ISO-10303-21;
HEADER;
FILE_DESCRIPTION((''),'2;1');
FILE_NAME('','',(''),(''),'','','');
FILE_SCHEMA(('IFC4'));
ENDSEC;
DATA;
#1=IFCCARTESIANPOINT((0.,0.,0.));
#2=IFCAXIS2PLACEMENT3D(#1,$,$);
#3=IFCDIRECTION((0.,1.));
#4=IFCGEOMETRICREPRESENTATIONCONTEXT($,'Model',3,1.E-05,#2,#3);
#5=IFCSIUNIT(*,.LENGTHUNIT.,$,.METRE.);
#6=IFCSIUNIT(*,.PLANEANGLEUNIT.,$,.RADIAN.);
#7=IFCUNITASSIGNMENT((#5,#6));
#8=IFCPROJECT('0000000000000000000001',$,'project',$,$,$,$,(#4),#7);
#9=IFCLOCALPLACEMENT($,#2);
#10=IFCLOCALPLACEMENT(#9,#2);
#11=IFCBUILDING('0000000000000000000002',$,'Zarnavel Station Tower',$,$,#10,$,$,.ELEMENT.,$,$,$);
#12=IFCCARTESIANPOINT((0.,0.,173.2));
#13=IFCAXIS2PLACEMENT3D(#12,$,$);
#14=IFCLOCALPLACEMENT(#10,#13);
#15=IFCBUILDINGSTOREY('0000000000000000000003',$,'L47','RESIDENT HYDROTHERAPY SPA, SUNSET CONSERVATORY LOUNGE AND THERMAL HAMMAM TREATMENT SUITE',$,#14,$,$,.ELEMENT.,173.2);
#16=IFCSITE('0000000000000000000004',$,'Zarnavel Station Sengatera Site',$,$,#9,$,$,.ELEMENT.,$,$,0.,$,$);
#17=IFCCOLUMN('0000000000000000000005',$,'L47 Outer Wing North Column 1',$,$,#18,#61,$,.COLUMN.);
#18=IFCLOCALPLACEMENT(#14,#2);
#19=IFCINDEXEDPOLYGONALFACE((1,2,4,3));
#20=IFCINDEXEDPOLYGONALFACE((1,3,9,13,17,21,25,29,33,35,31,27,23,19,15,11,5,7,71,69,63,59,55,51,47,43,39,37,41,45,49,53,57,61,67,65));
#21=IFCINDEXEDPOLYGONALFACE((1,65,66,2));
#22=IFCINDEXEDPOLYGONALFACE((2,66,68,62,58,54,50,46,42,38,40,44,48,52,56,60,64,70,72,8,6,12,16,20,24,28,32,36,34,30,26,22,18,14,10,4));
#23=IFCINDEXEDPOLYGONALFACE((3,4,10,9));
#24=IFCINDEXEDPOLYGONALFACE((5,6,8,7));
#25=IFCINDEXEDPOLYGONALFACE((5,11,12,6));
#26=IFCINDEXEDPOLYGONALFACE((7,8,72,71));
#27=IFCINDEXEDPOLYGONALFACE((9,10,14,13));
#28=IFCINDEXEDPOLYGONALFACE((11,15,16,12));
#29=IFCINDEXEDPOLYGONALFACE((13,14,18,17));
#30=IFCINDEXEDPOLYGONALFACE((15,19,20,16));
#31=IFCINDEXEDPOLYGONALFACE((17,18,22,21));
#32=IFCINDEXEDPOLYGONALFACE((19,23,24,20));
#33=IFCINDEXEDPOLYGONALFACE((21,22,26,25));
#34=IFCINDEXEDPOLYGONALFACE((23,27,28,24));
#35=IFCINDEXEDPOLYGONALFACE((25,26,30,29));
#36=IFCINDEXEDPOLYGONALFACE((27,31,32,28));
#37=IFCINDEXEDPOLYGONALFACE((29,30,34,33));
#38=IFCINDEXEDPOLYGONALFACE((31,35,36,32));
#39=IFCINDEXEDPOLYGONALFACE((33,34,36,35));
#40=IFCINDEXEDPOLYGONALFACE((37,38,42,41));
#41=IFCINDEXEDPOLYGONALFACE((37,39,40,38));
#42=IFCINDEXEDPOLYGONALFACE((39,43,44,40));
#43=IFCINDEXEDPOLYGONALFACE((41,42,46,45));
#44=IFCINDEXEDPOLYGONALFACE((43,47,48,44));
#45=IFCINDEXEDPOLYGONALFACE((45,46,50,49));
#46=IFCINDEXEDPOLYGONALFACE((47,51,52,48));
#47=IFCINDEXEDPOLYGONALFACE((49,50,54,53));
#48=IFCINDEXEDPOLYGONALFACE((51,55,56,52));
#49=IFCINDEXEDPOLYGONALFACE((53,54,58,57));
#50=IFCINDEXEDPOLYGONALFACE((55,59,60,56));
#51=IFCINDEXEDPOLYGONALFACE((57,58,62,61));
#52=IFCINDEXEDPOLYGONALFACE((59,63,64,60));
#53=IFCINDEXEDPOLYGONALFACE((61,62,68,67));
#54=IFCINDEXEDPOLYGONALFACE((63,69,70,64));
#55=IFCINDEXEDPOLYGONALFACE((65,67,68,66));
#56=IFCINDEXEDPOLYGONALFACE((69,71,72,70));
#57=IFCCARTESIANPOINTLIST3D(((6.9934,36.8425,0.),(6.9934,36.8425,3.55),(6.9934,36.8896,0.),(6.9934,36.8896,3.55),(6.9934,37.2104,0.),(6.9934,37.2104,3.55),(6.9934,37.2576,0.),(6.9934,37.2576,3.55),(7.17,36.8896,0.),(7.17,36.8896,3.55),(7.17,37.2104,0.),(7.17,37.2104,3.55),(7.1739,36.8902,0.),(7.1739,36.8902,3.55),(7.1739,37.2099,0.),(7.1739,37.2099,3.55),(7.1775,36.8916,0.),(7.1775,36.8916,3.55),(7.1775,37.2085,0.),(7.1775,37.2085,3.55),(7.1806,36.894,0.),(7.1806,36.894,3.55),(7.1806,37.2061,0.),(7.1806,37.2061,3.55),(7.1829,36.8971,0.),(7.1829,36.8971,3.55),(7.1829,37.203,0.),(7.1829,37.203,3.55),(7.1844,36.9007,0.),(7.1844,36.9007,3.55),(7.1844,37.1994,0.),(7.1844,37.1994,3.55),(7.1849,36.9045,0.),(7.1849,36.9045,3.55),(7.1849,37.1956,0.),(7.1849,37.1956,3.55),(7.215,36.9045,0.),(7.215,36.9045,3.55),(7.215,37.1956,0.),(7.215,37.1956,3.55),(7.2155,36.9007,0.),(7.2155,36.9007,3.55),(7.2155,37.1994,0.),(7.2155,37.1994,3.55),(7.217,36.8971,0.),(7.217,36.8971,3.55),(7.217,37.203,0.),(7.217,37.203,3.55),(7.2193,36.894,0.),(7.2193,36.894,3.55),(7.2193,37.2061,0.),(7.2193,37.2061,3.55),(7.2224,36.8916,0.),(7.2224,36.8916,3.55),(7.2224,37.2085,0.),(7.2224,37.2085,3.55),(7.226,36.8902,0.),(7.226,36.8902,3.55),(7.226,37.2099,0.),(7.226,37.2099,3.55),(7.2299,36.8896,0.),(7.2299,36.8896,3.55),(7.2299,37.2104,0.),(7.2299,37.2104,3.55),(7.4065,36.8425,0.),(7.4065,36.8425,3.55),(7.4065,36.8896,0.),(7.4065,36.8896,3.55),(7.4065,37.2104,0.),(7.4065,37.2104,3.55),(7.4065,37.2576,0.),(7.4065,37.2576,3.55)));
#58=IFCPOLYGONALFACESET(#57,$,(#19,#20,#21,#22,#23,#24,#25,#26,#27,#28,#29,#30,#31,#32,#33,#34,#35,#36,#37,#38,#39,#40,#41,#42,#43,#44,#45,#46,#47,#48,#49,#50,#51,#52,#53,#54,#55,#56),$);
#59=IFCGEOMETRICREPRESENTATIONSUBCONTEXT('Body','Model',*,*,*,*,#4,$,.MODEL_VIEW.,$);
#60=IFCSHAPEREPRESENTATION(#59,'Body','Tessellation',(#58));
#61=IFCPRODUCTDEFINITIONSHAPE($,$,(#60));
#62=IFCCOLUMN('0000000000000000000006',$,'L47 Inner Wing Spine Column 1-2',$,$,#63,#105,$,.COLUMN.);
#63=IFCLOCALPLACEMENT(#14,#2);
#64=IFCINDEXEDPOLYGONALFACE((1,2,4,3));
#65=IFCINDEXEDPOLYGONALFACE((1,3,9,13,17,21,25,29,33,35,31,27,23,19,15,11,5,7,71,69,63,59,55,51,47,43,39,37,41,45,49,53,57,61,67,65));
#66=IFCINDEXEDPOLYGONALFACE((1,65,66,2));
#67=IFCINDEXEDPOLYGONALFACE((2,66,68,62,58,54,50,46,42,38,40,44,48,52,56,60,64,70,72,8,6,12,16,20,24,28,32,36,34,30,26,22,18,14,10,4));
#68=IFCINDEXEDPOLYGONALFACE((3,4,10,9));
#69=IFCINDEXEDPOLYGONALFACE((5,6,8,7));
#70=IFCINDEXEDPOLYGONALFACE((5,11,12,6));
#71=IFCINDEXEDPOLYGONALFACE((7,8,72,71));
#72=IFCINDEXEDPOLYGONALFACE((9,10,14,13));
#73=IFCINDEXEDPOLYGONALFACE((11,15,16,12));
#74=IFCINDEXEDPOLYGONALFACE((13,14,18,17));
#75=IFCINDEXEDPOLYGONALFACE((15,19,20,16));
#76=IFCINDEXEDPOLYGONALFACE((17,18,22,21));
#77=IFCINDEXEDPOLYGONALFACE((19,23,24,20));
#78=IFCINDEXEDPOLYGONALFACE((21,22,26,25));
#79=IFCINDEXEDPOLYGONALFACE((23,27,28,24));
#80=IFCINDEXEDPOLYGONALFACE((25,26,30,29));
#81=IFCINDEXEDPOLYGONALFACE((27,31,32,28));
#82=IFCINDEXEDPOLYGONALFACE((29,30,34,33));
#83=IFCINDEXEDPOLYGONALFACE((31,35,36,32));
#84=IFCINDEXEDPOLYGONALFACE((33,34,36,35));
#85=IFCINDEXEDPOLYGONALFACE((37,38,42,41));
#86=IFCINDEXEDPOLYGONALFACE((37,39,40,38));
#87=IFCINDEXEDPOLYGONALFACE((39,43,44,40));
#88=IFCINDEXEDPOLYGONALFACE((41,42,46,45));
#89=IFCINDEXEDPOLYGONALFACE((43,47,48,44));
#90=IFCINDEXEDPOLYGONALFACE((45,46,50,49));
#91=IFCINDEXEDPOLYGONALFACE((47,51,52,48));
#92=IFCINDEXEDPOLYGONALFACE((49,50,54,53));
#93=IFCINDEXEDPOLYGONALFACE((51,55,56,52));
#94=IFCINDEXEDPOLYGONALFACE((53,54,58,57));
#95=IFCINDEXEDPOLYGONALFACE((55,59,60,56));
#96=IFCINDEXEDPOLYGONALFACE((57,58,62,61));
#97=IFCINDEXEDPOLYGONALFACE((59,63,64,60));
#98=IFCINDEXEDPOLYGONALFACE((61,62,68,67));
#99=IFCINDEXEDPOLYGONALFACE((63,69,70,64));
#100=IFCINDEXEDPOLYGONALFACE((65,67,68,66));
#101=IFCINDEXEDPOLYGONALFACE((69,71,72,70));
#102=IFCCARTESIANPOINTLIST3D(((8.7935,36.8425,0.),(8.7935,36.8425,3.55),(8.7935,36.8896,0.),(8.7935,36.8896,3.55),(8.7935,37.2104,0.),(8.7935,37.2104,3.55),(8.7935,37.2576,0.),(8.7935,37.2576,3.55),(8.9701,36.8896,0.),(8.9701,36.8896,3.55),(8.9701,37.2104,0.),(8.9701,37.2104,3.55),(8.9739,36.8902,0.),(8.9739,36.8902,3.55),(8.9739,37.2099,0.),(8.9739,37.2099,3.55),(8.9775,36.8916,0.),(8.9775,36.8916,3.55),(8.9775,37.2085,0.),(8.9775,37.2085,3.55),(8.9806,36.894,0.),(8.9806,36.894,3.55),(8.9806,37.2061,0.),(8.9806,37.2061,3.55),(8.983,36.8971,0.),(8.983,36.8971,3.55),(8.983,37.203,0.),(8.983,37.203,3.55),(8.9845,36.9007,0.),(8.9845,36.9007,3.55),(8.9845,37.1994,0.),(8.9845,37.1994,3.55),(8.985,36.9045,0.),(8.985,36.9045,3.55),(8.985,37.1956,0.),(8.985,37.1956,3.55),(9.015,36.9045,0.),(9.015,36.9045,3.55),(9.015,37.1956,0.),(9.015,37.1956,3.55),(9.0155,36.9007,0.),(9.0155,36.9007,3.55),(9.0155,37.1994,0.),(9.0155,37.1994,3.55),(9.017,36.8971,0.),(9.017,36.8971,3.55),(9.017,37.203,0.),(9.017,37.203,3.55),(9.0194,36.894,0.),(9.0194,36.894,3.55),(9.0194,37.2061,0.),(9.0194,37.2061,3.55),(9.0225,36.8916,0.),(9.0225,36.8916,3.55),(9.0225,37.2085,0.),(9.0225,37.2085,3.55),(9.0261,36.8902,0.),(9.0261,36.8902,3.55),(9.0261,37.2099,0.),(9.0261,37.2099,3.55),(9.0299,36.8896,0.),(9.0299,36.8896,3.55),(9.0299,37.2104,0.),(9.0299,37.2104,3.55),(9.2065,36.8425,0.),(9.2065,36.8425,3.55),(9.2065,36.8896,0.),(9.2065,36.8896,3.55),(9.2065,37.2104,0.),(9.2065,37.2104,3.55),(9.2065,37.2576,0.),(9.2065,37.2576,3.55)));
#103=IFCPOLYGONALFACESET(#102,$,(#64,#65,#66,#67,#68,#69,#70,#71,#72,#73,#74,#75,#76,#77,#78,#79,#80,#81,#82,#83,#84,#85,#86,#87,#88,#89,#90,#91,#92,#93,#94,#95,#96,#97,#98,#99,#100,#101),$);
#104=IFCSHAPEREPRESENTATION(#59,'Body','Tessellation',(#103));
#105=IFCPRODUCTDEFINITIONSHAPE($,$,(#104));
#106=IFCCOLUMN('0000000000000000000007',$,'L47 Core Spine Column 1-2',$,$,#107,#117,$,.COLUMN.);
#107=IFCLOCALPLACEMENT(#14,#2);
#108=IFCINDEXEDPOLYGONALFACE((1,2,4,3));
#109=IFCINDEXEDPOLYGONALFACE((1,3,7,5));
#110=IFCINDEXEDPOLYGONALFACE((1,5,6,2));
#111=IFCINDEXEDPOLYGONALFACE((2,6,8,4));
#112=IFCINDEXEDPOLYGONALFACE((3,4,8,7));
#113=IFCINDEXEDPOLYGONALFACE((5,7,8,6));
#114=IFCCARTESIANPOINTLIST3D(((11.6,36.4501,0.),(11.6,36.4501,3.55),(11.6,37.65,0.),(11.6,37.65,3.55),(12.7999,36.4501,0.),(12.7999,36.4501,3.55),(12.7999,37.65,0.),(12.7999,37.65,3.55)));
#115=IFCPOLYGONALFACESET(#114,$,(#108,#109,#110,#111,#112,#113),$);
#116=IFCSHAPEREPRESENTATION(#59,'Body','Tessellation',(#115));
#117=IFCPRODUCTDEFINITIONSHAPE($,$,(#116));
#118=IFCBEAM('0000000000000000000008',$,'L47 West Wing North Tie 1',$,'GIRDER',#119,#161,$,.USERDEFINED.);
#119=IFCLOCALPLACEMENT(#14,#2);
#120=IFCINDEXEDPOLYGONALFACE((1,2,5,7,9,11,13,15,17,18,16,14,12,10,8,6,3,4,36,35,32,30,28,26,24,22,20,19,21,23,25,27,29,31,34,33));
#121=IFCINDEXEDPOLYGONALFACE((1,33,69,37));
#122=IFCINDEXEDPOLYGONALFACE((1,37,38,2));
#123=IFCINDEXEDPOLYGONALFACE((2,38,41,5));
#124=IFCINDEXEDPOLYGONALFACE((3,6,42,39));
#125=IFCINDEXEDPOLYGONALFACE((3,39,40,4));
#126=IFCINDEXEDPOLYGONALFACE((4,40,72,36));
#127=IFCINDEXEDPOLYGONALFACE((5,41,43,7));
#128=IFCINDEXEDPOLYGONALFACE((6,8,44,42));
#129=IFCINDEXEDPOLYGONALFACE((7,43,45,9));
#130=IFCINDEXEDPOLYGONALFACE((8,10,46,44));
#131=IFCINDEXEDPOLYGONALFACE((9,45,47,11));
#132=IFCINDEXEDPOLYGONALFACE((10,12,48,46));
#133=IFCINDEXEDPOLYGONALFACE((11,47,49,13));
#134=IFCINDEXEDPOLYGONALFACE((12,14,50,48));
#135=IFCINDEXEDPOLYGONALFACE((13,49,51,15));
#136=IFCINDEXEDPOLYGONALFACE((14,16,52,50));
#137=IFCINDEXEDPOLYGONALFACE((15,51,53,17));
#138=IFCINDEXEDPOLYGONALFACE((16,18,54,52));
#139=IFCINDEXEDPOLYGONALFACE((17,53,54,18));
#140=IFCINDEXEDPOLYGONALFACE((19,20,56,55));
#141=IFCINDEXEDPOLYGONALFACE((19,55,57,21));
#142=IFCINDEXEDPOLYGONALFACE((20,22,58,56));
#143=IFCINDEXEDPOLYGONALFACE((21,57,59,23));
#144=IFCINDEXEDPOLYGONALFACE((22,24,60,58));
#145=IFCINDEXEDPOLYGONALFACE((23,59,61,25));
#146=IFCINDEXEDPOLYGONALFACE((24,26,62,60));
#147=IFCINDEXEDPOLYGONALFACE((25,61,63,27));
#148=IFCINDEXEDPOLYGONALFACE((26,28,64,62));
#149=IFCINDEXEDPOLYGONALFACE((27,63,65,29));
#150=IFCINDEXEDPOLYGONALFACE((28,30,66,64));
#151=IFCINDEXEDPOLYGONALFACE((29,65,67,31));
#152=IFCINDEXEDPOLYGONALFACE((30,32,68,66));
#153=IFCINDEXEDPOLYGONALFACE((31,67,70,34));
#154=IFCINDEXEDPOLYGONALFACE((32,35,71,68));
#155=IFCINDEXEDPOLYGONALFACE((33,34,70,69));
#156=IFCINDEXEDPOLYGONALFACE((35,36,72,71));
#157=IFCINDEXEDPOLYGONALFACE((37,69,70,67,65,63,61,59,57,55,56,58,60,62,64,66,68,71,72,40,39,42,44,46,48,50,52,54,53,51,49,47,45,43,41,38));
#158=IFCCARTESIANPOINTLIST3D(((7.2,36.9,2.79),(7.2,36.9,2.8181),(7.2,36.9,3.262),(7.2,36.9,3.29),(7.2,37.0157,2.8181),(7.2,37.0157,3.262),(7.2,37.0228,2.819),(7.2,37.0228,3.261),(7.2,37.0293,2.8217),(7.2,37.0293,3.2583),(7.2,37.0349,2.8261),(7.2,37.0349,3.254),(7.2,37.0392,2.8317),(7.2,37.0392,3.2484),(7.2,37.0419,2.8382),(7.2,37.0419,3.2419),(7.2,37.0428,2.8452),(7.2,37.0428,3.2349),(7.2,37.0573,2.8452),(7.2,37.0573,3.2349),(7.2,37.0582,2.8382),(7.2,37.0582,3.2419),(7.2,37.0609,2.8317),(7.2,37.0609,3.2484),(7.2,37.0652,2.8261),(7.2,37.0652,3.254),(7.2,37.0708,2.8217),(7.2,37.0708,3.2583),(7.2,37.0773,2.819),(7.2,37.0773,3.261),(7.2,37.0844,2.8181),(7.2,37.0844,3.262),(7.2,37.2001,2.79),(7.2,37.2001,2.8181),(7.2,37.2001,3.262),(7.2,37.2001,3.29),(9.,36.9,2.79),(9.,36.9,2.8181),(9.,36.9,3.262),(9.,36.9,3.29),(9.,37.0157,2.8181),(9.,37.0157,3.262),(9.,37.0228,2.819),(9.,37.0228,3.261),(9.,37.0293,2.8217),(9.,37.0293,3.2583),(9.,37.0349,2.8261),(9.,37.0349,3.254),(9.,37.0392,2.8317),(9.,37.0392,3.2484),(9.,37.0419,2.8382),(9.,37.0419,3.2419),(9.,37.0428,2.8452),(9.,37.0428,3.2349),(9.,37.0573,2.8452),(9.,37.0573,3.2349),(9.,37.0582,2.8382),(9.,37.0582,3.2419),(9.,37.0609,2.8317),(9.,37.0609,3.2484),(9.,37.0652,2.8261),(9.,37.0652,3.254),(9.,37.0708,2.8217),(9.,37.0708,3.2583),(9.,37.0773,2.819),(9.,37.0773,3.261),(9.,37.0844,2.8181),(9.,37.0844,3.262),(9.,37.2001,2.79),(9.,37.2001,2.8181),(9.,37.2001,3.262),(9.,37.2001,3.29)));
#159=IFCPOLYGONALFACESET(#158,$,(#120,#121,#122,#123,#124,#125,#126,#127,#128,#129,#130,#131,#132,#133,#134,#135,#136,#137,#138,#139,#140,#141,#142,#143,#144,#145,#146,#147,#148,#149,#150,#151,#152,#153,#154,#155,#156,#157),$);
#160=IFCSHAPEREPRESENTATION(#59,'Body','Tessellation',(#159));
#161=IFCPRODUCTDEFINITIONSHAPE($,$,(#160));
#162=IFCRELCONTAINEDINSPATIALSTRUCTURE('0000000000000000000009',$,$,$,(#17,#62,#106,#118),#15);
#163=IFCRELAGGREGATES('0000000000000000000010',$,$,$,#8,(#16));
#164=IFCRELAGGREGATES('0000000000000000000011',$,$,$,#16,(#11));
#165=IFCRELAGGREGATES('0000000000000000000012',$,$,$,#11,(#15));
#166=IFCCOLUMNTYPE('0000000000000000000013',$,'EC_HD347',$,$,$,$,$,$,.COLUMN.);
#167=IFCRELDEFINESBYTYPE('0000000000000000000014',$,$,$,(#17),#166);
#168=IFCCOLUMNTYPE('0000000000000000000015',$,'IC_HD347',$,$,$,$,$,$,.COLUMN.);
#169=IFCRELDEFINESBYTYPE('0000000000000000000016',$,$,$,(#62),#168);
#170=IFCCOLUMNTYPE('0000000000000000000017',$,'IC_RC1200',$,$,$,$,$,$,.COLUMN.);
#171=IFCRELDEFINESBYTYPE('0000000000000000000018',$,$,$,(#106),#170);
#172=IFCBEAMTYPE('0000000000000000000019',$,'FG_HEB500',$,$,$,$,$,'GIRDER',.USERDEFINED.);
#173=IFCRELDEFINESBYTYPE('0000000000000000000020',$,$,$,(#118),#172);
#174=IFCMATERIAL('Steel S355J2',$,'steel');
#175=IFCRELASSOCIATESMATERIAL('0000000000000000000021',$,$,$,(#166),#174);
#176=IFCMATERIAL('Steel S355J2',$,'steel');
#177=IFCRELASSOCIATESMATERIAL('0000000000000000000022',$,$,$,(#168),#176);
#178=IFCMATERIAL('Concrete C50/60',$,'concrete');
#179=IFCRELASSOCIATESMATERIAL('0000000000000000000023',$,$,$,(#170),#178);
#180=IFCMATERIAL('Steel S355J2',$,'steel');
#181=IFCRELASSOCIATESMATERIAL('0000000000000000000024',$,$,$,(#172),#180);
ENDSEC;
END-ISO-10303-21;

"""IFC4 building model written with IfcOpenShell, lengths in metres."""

from ifc_helpers import new_model, si_unit, direction, frame, origin, origin_2d, place, context, subcontext, project, spatial, rectangle, i_section, extrude, material, material_profile, profile_set, type_object, element, save


model = new_model("IFC4")

# Units and contexts
model_context = context("Model", 3, precision=1e-05, world=origin(), true_north=direction((0.0, 1.0)))
body_context = subcontext(model_context, "Body", "Model", "MODEL_VIEW")
ifc_project = project(units=[si_unit("LENGTHUNIT", "METRE"), si_unit("PLANEANGLEUNIT", "RADIAN")], contexts=[model_context])

# Site, building, storey
site_placement = place(None, origin())
site = spatial("IfcSite", under=ifc_project, at=site_placement, Name="Zarnavel Station Sengatera Site", CompositionType="ELEMENT", RefElevation=0.0)
building_placement = place(site_placement, origin())
building = spatial("IfcBuilding", under=site, at=building_placement, Name="Zarnavel Station Tower", CompositionType="ELEMENT")
storey_placement = place(building_placement, frame((0.0, 0.0, 173.2)))
storey = spatial("IfcBuildingStorey", under=building, at=storey_placement, Name="L47", Description="RESIDENT HYDROTHERAPY SPA, SUNSET CONSERVATORY LOUNGE AND THERMAL HAMMAM TREATMENT SUITE", CompositionType="ELEMENT", Elevation=173.2)

# Columns
ifc_material_1 = material(Name="Steel S355J2", Category="steel")
ifc_material_profile_1 = material_profile(ifc_material_1, i_section(OverallWidth=0.4131, OverallDepth=0.415, WebThickness=0.03, FlangeThickness=0.0471, FilletRadius=0.0149, at=origin_2d()), Name="HD400x347")
ifc_profile_set_1 = profile_set([ifc_material_profile_1], Name="Steel S355J2")
column_type_1 = type_object("IfcColumnType", Name="EC_HD347", PredefinedType="COLUMN", material=ifc_profile_set_1)
column_1_placement = place(storey_placement, frame((7.2, 37.05, 0.0), z_axis=(0.0, 0.0, 1.0), x_axis=(1.0, 0.0, 0.0)))
element("IfcColumn", 1, at=column_1_placement, inside=storey, type_object=column_type_1, Name="L47 Outer Wing North Column 1", PredefinedType="COLUMN", context=body_context, shape_type="SweptSolid", body=[
    extrude(i_section(OverallWidth=0.4131, OverallDepth=0.415, WebThickness=0.03, FlangeThickness=0.0471, FilletRadius=0.0149, at=origin_2d()), origin(), (0.0, 0.0, 1.0), 3.55),
])
ifc_material_2 = material(Name="Steel S355J2", Category="steel")
ifc_material_profile_2 = material_profile(ifc_material_2, i_section(OverallWidth=0.4131, OverallDepth=0.415, WebThickness=0.03, FlangeThickness=0.0471, FilletRadius=0.0149, at=origin_2d()), Name="HD400x347")
ifc_profile_set_2 = profile_set([ifc_material_profile_2], Name="Steel S355J2")
column_type_2 = type_object("IfcColumnType", Name="IC_HD347", PredefinedType="COLUMN", material=ifc_profile_set_2)
column_2_placement = place(storey_placement, frame((9.0, 37.05, 0.0), z_axis=(0.0, 0.0, 1.0), x_axis=(1.0, 0.0, 0.0)))
element("IfcColumn", 2, at=column_2_placement, inside=storey, type_object=column_type_2, Name="L47 Inner Wing Spine Column 1-2", PredefinedType="COLUMN", context=body_context, shape_type="SweptSolid", body=[
    extrude(i_section(OverallWidth=0.4131, OverallDepth=0.415, WebThickness=0.03, FlangeThickness=0.0471, FilletRadius=0.0149, at=origin_2d()), origin(), (0.0, 0.0, 1.0), 3.55),
])
ifc_material_3 = material(Name="Concrete C50/60", Category="concrete")
ifc_material_profile_3 = material_profile(ifc_material_3, rectangle(XDim=1.2, YDim=1.2, at=origin_2d()), Name="RC1200x1200")
ifc_profile_set_3 = profile_set([ifc_material_profile_3], Name="Concrete C50/60")
column_type_3 = type_object("IfcColumnType", Name="IC_RC1200", PredefinedType="COLUMN", material=ifc_profile_set_3)
column_3_placement = place(storey_placement, frame((12.2, 37.05, 0.0), z_axis=(0.0, 0.0, 1.0), x_axis=(1.0, 0.0, 0.0)))
element("IfcColumn", 3, at=column_3_placement, inside=storey, type_object=column_type_3, Name="L47 Core Spine Column 1-2", PredefinedType="COLUMN", context=body_context, shape_type="SweptSolid", body=[
    extrude(rectangle(XDim=1.2, YDim=1.2, at=origin_2d()), origin(), (0.0, 0.0, 1.0), 3.55),
])

# Beam
ifc_material_4 = material(Name="Steel S355J2", Category="steel")
ifc_material_profile_4 = material_profile(ifc_material_4, i_section(OverallWidth=0.3, OverallDepth=0.5, WebThickness=0.0144, FlangeThickness=0.0281, FilletRadius=0.0271, at=origin_2d()), Name="HEB500")
ifc_profile_set_4 = profile_set([ifc_material_profile_4], Name="Steel S355J2")
beam_type = type_object("IfcBeamType", Name="FG_HEB500", ElementType="GIRDER", PredefinedType="USERDEFINED", material=ifc_profile_set_4)
beam_1_placement = place(storey_placement, frame((7.2, 37.05, 3.04), z_axis=(1.0, 0.0, 0.0), x_axis=(0.0, 1.0, 0.0)))
element("IfcBeam", 4, at=beam_1_placement, inside=storey, type_object=beam_type, Name="L47 West Wing North Tie 1", ObjectType="GIRDER", PredefinedType="USERDEFINED", context=body_context, shape_type="SweptSolid", body=[
    extrude(i_section(OverallWidth=0.3, OverallDepth=0.5, WebThickness=0.0144, FlangeThickness=0.0281, FilletRadius=0.0271, at=origin_2d()), origin(), (0.0, 0.0, 1.0), 1.8),
])

save(model, "model.ifc")
